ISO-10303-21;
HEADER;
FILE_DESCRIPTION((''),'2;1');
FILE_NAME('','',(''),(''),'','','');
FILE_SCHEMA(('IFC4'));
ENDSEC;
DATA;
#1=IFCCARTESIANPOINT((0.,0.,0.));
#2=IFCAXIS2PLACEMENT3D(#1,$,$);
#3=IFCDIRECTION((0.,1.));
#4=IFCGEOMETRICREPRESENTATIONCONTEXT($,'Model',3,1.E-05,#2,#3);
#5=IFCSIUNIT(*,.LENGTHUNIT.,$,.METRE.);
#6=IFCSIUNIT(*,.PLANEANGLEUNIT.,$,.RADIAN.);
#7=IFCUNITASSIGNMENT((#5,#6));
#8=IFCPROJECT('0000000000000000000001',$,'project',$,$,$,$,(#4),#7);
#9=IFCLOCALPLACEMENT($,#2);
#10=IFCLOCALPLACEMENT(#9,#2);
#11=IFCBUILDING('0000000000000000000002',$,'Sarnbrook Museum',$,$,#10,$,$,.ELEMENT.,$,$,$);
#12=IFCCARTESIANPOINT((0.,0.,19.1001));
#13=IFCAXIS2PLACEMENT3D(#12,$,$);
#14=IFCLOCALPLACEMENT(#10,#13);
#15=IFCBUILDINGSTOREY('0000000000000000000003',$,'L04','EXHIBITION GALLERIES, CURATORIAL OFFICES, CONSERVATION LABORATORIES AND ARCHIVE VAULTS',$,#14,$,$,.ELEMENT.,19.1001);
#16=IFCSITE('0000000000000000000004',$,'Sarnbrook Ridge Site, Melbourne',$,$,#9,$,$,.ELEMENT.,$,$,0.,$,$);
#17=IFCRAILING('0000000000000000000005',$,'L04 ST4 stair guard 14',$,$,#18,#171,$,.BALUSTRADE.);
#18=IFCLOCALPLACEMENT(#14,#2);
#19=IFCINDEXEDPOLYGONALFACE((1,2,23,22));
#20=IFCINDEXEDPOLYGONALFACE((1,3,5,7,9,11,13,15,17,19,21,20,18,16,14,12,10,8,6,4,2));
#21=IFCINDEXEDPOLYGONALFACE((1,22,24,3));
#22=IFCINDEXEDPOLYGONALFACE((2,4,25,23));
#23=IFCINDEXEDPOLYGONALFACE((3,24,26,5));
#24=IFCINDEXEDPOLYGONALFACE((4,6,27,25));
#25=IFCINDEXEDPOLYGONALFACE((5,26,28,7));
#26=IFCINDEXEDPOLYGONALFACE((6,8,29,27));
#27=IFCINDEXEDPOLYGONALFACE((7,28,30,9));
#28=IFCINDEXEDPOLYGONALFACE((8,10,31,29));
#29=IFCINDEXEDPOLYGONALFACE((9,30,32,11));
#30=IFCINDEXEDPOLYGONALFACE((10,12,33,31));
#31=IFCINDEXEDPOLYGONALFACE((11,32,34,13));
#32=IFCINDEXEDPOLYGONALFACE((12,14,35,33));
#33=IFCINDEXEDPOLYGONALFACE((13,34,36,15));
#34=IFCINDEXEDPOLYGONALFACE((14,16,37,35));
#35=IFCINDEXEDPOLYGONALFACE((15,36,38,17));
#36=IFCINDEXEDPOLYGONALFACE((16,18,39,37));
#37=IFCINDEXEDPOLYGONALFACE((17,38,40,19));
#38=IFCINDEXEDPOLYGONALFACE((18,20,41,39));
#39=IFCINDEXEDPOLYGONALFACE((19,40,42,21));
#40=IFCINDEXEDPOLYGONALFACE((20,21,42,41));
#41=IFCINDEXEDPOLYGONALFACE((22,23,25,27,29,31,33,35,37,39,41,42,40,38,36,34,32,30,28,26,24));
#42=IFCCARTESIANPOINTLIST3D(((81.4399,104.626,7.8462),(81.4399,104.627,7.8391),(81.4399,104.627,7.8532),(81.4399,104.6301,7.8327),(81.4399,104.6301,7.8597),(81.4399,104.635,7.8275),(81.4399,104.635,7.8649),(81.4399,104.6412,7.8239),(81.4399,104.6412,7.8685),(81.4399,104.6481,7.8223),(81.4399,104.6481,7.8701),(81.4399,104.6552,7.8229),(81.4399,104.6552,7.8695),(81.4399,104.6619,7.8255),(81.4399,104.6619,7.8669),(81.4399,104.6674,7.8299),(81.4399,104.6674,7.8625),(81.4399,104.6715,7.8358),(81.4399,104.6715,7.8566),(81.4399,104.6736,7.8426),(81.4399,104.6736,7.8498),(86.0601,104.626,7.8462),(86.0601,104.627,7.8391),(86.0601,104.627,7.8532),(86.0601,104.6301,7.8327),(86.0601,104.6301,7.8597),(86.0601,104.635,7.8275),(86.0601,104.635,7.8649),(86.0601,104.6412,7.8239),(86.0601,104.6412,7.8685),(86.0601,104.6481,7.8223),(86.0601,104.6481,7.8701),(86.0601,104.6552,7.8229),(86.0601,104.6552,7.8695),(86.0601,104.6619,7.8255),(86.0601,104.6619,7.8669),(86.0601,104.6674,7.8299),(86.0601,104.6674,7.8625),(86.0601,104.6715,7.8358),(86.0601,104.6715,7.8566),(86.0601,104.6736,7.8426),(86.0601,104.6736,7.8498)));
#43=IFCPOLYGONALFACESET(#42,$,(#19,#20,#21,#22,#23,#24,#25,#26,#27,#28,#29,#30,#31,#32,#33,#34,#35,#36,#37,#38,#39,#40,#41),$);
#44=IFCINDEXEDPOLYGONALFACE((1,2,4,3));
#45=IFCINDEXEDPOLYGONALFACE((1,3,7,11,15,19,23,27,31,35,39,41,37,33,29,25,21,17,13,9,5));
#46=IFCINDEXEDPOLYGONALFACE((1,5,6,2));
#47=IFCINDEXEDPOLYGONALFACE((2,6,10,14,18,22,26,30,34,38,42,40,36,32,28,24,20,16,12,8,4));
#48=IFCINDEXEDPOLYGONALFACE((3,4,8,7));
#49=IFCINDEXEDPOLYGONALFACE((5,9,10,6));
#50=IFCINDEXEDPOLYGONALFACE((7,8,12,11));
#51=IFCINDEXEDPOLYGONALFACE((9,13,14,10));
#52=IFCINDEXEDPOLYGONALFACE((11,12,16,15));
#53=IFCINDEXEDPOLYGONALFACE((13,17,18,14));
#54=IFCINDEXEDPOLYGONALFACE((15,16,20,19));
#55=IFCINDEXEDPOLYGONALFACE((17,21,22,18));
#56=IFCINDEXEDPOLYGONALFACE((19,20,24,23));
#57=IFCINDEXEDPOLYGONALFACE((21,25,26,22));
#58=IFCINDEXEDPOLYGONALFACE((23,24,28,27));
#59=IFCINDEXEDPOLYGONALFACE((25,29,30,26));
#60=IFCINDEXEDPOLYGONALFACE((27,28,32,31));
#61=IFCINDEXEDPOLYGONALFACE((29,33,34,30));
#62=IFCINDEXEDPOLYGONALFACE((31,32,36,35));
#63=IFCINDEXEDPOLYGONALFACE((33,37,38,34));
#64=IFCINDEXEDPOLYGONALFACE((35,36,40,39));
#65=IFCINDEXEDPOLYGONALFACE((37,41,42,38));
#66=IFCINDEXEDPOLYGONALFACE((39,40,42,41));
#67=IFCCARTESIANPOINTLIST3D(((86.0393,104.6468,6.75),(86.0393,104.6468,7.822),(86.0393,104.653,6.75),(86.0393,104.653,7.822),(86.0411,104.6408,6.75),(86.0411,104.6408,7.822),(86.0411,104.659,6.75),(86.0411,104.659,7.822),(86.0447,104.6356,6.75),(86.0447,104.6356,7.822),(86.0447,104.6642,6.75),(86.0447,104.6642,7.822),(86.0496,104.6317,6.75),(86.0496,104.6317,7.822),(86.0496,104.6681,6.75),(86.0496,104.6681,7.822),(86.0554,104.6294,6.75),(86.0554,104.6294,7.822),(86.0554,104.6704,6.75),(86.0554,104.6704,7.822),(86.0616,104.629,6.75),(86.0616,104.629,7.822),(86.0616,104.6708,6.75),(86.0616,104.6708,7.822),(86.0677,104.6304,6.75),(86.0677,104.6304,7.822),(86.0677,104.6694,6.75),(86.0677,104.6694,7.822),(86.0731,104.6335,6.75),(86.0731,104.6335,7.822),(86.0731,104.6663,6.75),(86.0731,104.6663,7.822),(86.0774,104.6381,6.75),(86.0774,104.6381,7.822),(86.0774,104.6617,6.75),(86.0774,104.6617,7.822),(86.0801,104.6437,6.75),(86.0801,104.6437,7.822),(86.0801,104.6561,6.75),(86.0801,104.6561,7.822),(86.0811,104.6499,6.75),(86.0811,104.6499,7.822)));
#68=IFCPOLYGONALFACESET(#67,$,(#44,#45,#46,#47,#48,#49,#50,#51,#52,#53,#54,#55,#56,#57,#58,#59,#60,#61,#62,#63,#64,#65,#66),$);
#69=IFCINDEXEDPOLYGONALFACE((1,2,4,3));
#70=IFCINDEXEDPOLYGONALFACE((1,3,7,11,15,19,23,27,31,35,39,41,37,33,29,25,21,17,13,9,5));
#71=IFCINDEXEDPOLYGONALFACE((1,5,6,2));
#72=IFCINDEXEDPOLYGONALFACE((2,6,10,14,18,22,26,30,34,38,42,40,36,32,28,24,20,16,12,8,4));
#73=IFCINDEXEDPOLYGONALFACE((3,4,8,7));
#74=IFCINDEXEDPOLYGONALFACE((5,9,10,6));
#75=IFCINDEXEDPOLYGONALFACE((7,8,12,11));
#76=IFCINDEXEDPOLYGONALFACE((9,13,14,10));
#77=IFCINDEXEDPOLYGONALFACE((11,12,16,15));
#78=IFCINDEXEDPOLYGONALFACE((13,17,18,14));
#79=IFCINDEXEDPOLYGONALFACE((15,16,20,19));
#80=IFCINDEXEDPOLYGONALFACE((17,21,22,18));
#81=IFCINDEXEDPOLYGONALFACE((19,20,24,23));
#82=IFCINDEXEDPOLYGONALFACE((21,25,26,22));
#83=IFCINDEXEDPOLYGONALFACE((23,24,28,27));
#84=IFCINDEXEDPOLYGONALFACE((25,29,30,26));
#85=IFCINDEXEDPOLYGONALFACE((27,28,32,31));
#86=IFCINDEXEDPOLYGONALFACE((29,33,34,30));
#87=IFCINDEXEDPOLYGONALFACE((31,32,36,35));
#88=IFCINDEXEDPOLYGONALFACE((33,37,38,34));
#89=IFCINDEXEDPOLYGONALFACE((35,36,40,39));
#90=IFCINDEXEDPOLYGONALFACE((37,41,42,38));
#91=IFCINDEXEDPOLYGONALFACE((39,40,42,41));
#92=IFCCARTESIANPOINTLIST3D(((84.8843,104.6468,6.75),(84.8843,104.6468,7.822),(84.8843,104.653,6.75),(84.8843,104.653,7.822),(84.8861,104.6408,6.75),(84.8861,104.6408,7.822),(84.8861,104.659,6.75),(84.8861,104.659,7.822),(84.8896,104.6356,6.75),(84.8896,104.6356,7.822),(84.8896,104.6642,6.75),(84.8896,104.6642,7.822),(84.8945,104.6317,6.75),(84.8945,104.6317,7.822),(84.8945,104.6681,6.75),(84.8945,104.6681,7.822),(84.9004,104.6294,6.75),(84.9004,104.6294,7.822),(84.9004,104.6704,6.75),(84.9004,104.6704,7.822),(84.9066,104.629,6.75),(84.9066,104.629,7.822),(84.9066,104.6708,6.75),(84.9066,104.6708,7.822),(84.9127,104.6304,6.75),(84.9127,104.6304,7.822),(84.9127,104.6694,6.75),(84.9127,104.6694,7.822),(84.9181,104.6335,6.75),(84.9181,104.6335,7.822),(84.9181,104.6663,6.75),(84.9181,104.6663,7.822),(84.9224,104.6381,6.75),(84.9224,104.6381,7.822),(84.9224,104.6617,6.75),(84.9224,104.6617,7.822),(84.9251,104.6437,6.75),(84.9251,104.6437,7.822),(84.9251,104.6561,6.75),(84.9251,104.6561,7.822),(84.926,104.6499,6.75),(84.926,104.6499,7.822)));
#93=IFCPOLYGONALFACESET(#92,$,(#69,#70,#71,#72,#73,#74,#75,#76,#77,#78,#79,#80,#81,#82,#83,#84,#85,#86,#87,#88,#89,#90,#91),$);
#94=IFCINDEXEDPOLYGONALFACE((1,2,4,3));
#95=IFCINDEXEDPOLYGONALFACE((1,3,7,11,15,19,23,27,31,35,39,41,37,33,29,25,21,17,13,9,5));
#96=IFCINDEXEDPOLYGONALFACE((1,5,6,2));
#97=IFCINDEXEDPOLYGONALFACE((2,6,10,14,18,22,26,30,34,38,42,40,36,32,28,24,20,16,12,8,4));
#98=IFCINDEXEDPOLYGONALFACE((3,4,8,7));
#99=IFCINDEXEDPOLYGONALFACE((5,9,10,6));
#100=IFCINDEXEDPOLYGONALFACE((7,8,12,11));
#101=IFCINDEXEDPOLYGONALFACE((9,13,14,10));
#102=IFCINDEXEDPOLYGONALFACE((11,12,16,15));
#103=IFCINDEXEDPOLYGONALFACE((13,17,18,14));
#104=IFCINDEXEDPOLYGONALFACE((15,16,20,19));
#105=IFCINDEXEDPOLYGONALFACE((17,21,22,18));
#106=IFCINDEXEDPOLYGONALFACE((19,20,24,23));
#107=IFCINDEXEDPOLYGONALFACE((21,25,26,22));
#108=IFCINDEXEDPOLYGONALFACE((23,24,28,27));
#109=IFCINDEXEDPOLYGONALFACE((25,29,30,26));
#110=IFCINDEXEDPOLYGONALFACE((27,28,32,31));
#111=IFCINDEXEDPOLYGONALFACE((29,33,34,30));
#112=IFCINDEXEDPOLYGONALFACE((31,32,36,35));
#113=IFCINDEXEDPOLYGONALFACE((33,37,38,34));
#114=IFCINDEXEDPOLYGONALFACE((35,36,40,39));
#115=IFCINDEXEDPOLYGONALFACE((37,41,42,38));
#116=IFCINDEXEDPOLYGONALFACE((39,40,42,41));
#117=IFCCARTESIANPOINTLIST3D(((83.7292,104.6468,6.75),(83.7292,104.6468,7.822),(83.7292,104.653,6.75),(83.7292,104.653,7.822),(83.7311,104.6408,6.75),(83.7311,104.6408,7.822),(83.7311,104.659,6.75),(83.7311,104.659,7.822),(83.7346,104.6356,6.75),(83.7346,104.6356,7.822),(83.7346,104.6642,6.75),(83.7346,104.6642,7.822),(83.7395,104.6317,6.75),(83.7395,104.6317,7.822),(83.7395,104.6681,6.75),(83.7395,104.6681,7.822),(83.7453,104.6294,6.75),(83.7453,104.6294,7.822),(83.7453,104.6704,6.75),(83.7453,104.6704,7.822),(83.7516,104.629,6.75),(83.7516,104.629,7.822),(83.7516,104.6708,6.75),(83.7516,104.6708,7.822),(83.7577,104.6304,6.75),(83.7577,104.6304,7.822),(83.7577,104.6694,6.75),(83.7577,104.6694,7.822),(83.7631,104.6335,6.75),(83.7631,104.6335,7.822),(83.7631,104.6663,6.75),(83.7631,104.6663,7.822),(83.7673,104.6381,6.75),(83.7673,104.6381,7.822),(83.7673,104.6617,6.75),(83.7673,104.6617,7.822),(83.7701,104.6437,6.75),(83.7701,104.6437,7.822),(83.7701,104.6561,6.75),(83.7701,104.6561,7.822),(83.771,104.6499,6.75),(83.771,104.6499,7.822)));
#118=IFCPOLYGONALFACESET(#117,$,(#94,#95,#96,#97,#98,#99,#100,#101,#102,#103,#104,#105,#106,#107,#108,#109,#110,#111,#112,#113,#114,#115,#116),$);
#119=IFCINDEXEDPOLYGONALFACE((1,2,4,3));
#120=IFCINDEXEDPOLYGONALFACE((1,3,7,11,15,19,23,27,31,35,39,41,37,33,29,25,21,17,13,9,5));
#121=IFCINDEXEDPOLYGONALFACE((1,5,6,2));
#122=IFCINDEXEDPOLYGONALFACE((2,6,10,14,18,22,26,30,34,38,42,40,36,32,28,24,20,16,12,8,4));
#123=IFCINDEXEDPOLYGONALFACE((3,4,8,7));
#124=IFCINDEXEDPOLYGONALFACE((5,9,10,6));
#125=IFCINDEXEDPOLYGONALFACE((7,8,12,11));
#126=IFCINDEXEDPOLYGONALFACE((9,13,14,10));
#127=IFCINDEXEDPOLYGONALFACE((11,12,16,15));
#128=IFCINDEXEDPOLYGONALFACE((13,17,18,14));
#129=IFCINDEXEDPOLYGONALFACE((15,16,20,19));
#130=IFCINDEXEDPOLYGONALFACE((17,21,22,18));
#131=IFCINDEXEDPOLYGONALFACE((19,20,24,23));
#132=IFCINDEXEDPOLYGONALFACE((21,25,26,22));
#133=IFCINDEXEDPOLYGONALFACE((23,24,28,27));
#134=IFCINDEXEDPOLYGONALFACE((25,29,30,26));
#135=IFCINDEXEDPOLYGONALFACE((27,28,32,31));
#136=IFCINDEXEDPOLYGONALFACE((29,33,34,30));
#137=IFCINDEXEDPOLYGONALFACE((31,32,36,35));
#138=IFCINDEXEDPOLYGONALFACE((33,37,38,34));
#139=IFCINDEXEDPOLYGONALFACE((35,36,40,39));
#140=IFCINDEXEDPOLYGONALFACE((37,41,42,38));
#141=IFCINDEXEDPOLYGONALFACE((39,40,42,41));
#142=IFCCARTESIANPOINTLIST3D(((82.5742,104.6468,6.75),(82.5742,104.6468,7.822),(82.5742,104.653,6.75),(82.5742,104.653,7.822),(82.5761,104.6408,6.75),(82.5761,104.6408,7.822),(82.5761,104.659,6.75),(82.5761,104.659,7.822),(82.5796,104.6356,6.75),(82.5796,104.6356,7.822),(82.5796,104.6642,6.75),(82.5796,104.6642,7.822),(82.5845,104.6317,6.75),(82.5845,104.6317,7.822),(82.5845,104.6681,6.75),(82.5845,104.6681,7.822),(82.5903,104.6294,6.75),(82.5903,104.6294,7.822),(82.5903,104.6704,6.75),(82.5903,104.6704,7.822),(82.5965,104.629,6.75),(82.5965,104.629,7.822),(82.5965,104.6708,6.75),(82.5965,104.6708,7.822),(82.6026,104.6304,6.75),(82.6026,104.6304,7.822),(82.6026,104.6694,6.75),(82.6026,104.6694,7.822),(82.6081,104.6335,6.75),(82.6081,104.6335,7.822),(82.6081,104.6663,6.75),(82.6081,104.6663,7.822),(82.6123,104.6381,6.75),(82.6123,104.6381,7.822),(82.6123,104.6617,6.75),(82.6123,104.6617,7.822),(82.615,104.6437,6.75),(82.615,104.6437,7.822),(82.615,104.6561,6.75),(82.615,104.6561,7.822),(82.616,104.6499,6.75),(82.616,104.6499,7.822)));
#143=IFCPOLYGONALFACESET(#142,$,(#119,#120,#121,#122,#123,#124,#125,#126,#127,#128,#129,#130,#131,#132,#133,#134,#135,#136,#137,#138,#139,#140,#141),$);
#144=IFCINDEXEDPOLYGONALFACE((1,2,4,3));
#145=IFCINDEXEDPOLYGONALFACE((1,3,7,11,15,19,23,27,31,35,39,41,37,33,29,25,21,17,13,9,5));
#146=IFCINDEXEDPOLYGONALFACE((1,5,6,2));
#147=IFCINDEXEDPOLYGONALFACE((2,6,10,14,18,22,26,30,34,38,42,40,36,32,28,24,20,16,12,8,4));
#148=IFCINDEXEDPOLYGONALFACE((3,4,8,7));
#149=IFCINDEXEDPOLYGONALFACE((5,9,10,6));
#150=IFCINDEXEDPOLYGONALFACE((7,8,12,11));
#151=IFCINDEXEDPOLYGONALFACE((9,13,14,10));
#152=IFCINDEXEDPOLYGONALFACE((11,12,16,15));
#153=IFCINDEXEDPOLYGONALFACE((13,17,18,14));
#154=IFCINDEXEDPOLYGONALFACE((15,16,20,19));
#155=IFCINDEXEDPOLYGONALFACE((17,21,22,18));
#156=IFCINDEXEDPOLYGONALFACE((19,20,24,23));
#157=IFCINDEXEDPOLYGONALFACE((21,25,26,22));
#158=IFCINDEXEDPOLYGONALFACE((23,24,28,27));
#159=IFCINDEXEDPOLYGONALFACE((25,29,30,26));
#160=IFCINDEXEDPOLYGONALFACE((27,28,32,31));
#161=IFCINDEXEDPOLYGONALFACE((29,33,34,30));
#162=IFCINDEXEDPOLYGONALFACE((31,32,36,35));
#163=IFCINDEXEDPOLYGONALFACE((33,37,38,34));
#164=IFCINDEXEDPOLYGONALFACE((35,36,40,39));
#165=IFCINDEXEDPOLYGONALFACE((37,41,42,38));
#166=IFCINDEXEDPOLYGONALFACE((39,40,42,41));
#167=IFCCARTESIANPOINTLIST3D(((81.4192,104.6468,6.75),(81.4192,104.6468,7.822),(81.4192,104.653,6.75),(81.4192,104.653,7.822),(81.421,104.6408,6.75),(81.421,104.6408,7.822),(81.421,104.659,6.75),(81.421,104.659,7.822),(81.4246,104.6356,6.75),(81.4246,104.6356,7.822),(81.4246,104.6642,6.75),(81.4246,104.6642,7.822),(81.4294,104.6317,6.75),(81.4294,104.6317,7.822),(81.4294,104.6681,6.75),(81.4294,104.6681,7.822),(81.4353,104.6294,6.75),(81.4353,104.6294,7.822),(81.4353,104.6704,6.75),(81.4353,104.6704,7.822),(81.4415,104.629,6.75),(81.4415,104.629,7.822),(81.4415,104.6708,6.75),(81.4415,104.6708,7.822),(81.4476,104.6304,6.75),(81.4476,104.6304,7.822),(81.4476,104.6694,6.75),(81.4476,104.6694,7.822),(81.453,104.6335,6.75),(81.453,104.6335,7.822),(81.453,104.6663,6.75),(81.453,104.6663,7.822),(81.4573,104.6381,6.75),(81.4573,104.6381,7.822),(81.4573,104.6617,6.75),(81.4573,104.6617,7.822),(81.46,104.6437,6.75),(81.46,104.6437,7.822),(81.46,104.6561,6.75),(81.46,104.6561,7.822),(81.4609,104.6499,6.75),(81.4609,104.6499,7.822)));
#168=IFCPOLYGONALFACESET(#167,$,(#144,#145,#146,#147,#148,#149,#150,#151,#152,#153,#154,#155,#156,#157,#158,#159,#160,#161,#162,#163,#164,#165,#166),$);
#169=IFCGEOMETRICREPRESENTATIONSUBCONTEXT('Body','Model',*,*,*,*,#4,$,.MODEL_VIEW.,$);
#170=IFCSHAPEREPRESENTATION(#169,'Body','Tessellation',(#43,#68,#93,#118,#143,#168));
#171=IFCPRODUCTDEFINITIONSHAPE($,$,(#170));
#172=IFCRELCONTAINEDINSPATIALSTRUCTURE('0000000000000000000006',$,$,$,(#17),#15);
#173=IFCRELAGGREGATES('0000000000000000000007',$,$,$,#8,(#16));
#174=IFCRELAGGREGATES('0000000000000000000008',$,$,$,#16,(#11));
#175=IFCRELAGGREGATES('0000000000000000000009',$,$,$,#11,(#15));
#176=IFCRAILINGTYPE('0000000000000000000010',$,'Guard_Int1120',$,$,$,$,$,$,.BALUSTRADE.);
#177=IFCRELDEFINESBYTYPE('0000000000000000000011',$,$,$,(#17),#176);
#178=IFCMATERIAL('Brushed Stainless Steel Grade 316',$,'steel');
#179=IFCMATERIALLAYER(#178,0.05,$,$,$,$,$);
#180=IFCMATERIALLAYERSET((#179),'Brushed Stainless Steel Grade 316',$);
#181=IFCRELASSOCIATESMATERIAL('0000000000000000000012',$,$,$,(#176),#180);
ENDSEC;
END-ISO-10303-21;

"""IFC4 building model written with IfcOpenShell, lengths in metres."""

from ifc_helpers import new_model, si_unit, direction, frame, origin, origin_2d, place, context, subcontext, project, spatial, circle, extrude, material, layer, layer_set, type_object, element, save


model = new_model("IFC4")

# Units and contexts
model_context = context("Model", 3, precision=1e-05, world=origin(), true_north=direction((0.0, 1.0)))
body_context = subcontext(model_context, "Body", "Model", "MODEL_VIEW")
ifc_project = project(units=[si_unit("LENGTHUNIT", "METRE"), si_unit("PLANEANGLEUNIT", "RADIAN")], contexts=[model_context])

# Site, building, storey
site_placement = place(None, origin())
site = spatial("IfcSite", under=ifc_project, at=site_placement, Name="Sarnbrook Ridge Site, Melbourne", CompositionType="ELEMENT", RefElevation=0.0)
building_placement = place(site_placement, origin())
building = spatial("IfcBuilding", under=site, at=building_placement, Name="Sarnbrook Museum", CompositionType="ELEMENT")
storey_placement = place(building_placement, frame((0.0, 0.0, 19.1001)))
storey = spatial("IfcBuildingStorey", under=building, at=storey_placement, Name="L04", Description="EXHIBITION GALLERIES, CURATORIAL OFFICES, CONSERVATION LABORATORIES AND ARCHIVE VAULTS", CompositionType="ELEMENT", Elevation=19.1001)

# Shared definitions
ifc_material_1 = material(Name="Brushed Stainless Steel Grade 316", Category="steel")

# Railing
ifc_layer_1 = layer(ifc_material_1, 0.05)
ifc_layer_set_1 = layer_set([ifc_layer_1], Name="Brushed Stainless Steel Grade 316")
railing_type = type_object("IfcRailingType", Name="Guard_Int1120", PredefinedType="BALUSTRADE", material=ifc_layer_set_1)
railing_1_placement = place(storey_placement, frame((86.0601, 104.6499, 6.75)))
element("IfcRailing", 1, at=railing_1_placement, inside=storey, type_object=railing_type, Name="L04 ST4 stair guard 14", PredefinedType="BALUSTRADE", context=body_context, shape_type="SweptSolid", body=[
    extrude(circle(Radius=0.0239, at=origin_2d()), frame((0.0, 0.0, 1.0962), z_axis=(-1.0, 0.0, 0.0), x_axis=(0.0, -1.0, 0.0)), (0.0, 0.0, 1.0), 4.6201),
    extrude(circle(Radius=0.021, at=origin_2d()), origin(), (0.0, 0.0, 1.0), 1.072),
    extrude(circle(Radius=0.021, at=origin_2d()), frame((-1.155, 0.0, 0.0)), (0.0, 0.0, 1.0), 1.072),
    extrude(circle(Radius=0.021, at=origin_2d()), frame((-2.3101, 0.0, 0.0)), (0.0, 0.0, 1.0), 1.072),
    extrude(circle(Radius=0.021, at=origin_2d()), frame((-3.4651, 0.0, 0.0)), (0.0, 0.0, 1.0), 1.072),
    extrude(circle(Radius=0.021, at=origin_2d()), frame((-4.6201, 0.0, 0.0)), (0.0, 0.0, 1.0), 1.072),
])

save(model, "model.ifc")
